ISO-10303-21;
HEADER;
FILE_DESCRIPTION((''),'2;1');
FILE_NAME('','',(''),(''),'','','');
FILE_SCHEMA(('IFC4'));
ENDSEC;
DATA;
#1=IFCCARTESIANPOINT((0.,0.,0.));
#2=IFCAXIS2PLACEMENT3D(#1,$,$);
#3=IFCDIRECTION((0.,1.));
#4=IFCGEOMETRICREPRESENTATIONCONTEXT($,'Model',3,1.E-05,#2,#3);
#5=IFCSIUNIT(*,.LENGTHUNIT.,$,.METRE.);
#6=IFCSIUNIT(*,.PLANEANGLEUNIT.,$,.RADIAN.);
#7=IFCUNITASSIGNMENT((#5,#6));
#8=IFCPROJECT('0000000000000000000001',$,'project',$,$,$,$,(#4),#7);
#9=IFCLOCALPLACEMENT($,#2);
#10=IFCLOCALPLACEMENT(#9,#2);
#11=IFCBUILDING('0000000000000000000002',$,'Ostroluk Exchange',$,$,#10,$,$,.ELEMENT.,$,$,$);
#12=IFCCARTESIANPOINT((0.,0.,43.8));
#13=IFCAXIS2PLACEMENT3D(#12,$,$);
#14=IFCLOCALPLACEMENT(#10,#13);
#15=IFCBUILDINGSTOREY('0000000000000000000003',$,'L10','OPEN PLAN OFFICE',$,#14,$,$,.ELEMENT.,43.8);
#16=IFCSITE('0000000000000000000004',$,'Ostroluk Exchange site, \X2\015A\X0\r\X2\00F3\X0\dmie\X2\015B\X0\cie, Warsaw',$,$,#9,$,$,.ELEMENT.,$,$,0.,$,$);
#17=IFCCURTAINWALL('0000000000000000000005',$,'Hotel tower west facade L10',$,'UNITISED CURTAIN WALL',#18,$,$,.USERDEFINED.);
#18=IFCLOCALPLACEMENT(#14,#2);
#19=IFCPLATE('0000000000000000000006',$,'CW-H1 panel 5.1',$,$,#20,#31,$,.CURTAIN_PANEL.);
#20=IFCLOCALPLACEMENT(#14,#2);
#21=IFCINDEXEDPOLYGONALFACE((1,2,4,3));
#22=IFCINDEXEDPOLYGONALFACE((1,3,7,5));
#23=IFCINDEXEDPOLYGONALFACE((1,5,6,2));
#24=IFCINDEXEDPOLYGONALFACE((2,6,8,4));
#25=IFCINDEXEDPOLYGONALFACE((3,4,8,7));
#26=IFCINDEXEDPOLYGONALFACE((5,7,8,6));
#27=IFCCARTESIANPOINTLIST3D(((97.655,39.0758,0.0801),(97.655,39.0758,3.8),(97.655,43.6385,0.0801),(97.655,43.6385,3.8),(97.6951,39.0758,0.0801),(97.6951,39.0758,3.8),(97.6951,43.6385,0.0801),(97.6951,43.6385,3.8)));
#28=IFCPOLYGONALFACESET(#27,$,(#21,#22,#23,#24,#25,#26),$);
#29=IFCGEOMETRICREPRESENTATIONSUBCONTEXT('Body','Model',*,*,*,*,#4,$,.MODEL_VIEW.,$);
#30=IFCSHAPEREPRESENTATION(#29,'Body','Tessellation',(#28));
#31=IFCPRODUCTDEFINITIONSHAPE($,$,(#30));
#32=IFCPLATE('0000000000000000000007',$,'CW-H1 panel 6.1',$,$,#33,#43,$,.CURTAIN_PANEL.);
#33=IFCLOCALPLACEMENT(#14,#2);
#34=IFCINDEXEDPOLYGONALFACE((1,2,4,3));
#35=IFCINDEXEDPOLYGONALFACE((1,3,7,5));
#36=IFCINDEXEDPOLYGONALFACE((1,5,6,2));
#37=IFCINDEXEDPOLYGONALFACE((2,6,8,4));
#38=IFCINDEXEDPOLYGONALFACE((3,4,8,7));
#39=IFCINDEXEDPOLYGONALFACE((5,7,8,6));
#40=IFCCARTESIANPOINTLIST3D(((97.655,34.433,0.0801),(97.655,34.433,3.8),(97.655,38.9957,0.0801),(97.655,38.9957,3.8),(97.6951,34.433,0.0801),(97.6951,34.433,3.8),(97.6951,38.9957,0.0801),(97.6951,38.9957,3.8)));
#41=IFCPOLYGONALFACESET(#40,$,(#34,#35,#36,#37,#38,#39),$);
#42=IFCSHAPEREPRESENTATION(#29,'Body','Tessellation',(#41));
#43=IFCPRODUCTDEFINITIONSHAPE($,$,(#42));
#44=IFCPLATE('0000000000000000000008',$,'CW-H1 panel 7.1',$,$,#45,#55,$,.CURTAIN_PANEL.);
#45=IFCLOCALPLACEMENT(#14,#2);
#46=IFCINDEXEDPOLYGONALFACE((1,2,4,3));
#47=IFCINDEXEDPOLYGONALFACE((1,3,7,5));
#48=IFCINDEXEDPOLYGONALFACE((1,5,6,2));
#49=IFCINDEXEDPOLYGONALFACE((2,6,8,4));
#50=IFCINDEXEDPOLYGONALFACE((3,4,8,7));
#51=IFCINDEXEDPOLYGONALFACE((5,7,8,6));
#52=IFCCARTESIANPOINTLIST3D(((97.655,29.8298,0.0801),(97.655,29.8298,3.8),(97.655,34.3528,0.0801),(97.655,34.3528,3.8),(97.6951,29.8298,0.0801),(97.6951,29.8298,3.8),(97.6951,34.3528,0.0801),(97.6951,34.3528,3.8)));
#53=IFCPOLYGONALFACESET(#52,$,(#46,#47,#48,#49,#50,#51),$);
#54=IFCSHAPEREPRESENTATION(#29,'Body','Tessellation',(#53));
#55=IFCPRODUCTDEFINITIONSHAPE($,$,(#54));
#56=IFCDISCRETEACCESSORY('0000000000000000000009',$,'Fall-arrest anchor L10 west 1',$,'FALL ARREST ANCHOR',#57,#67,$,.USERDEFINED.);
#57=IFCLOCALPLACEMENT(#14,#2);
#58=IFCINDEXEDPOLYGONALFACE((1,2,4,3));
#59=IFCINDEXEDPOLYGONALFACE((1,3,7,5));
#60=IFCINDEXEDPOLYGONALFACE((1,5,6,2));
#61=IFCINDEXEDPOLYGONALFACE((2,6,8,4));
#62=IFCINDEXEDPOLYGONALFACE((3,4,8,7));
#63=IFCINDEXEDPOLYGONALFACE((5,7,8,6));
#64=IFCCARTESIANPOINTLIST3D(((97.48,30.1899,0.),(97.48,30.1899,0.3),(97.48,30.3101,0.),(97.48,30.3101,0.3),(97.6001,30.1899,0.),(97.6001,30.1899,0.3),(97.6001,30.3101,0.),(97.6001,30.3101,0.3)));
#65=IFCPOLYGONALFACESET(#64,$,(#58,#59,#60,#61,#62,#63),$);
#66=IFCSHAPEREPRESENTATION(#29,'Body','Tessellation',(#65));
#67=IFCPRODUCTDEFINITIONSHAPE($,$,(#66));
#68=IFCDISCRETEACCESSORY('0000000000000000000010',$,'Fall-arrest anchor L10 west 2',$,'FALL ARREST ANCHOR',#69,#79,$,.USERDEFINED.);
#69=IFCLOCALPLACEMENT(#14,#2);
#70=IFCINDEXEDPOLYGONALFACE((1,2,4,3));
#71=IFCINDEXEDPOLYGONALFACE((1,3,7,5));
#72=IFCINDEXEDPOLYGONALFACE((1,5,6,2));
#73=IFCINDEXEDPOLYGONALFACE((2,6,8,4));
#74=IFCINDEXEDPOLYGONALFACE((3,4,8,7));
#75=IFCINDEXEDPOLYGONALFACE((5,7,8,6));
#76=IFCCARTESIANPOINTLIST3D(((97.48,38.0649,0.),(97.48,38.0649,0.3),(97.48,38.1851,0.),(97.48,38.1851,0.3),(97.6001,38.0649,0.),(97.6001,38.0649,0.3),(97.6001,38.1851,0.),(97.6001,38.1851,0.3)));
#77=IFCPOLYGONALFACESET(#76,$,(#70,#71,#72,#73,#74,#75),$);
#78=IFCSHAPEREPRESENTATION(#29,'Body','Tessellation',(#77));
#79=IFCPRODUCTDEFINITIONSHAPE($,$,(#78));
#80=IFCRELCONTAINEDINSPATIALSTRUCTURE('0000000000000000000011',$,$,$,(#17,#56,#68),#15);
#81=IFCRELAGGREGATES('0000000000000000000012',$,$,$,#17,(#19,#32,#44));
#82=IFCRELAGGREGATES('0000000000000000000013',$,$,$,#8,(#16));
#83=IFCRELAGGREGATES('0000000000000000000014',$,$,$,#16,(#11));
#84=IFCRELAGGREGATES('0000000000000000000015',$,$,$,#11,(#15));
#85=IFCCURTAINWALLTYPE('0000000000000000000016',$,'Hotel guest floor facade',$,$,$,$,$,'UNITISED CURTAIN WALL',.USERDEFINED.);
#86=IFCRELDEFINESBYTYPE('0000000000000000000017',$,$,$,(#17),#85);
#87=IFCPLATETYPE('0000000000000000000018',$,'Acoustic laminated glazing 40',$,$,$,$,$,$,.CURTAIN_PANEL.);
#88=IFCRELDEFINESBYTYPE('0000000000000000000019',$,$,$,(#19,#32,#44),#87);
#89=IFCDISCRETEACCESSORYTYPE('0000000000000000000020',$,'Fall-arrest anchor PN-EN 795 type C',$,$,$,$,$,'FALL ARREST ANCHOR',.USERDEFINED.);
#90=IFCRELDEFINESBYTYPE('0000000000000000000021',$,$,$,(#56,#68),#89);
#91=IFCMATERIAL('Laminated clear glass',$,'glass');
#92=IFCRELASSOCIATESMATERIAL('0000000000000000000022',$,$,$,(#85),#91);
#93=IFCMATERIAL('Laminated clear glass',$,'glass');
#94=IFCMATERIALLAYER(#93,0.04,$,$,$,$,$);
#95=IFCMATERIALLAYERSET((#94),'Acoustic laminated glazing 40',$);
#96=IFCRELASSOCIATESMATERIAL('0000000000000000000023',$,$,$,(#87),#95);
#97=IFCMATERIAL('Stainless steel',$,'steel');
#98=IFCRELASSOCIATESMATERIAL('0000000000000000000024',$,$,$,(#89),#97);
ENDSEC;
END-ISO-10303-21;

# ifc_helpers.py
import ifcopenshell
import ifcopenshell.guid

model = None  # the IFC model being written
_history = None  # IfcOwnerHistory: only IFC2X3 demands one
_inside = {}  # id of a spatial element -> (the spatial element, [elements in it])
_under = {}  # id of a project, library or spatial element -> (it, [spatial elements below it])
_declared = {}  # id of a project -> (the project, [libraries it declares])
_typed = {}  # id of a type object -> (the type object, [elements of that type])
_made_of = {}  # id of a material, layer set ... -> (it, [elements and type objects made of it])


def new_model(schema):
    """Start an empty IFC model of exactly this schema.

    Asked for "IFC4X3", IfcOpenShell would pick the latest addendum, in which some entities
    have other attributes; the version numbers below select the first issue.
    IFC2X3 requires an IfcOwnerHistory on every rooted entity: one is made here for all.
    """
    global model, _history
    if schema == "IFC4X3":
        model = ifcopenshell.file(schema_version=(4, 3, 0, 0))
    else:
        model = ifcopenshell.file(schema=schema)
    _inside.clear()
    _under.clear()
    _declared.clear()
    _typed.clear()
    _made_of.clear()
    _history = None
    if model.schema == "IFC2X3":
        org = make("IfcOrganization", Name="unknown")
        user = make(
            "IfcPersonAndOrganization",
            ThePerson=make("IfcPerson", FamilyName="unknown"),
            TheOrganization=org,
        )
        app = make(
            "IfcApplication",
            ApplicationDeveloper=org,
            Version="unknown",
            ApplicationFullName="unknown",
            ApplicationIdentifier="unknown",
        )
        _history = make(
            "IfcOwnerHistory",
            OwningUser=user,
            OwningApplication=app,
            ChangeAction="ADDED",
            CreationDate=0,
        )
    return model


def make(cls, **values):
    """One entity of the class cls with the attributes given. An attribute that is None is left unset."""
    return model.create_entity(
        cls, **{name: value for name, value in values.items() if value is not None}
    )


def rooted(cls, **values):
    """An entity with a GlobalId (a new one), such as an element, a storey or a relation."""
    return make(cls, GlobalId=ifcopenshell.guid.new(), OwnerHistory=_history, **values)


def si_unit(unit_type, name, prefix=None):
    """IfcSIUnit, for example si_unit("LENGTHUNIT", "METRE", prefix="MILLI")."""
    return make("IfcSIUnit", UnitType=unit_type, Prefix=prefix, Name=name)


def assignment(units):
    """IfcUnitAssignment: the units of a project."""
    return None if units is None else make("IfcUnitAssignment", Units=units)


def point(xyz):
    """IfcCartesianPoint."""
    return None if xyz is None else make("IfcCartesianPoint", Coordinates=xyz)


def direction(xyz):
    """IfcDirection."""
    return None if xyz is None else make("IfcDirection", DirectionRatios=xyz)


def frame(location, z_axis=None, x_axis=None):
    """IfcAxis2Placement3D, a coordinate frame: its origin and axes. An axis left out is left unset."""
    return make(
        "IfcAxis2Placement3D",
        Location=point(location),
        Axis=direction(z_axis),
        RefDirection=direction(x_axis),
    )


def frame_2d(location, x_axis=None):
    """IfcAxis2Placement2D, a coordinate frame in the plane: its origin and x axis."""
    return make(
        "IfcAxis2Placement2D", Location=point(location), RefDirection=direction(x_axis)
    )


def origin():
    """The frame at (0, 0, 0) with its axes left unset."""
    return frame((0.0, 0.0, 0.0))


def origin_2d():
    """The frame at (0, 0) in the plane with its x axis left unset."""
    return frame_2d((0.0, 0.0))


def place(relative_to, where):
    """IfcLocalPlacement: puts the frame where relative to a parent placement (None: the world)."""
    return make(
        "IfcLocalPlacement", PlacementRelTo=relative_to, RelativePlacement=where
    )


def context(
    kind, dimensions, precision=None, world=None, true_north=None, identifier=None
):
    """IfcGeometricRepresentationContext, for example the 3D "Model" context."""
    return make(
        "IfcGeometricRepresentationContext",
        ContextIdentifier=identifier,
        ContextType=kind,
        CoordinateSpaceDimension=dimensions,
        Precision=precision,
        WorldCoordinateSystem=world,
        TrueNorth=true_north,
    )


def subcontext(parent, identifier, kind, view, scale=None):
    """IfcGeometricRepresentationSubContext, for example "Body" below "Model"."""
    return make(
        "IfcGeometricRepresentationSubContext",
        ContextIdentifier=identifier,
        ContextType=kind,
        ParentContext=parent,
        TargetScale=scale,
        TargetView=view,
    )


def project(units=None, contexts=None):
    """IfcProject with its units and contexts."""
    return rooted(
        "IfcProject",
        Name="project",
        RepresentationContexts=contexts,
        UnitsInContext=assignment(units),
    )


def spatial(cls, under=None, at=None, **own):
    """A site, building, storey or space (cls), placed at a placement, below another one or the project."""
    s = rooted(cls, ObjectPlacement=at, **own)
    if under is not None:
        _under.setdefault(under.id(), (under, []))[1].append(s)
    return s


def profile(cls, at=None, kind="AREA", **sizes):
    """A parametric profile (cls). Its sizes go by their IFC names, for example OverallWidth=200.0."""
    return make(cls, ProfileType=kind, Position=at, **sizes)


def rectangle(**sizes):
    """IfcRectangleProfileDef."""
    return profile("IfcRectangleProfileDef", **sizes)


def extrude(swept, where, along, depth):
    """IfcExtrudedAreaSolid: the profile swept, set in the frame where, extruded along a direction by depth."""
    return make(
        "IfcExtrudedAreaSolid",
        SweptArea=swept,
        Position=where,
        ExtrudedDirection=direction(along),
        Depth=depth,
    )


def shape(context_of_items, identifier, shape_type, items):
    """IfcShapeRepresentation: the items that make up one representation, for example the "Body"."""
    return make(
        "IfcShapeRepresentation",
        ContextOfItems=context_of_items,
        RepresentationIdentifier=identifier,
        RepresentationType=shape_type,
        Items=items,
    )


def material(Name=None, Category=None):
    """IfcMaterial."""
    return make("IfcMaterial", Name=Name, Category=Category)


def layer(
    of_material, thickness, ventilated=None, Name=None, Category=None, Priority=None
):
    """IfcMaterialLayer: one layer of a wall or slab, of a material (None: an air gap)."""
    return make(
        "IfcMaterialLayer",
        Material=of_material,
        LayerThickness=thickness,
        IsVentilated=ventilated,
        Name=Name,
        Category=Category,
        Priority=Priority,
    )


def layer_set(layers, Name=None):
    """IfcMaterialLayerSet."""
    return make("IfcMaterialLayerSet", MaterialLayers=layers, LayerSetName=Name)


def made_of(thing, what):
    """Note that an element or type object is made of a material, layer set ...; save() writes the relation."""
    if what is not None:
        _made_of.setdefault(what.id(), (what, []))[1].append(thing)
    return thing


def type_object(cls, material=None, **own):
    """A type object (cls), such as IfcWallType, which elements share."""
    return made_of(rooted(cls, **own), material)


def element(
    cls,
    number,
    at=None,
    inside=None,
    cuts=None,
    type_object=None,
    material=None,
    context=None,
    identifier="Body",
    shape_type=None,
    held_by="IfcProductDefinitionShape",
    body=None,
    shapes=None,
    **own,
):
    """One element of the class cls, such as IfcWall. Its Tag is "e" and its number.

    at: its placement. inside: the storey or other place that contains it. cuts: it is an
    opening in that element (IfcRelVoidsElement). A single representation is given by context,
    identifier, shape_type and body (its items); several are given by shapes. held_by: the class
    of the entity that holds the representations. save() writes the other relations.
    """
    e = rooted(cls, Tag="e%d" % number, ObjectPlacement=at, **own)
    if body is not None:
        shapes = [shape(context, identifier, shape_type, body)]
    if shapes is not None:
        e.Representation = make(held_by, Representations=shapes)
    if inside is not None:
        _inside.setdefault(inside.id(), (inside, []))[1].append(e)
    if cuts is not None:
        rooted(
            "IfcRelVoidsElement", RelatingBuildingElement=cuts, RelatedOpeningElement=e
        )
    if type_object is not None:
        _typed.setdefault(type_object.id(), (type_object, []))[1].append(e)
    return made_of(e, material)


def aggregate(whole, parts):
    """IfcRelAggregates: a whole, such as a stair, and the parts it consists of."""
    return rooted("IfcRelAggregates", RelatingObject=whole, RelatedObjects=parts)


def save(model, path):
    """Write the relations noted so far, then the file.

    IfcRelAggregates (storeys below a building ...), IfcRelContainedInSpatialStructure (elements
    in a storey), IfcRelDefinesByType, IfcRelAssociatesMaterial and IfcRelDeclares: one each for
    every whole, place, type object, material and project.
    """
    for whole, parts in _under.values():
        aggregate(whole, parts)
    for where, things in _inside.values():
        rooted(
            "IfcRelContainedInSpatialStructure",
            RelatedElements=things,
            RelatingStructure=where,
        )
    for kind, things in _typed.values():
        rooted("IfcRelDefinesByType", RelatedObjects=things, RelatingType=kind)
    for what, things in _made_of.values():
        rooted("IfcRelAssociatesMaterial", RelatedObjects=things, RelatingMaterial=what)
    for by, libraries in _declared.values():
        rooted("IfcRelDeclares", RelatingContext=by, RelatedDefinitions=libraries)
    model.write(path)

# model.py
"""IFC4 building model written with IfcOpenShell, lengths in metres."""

from ifc_helpers import new_model, si_unit, direction, frame, origin, origin_2d, place, context, subcontext, project, spatial, rectangle, extrude, material, layer, layer_set, type_object, element, aggregate, save


model = new_model("IFC4")

# Units and contexts
model_context = context("Model", 3, precision=1e-05, world=origin(), true_north=direction((0.0, 1.0)))
body_context = subcontext(model_context, "Body", "Model", "MODEL_VIEW")
ifc_project = project(units=[si_unit("LENGTHUNIT", "METRE"), si_unit("PLANEANGLEUNIT", "RADIAN")], contexts=[model_context])

# Site, building, storey
site_placement = place(None, origin())
site = spatial("IfcSite", under=ifc_project, at=site_placement, Name="Ostroluk Exchange site, Śródmieście, Warsaw", CompositionType="ELEMENT", RefElevation=0.0)
building_placement = place(site_placement, origin())
building = spatial("IfcBuilding", under=site, at=building_placement, Name="Ostroluk Exchange", CompositionType="ELEMENT")
storey_placement = place(building_placement, frame((0.0, 0.0, 43.8)))
storey = spatial("IfcBuildingStorey", under=building, at=storey_placement, Name="L10", Description="OPEN PLAN OFFICE", CompositionType="ELEMENT", Elevation=43.8)

# Curtain wall
ifc_material_1 = material(Name="Laminated clear glass", Category="glass")
curtain_wall_type_1 = type_object("IfcCurtainWallType", Name="Hotel guest floor facade", ElementType="UNITISED CURTAIN WALL", PredefinedType="USERDEFINED", material=ifc_material_1)
curtain_wall_1_placement = place(storey_placement, origin())
curtain_wall_1 = element("IfcCurtainWall", 1, at=curtain_wall_1_placement, inside=storey, type_object=curtain_wall_type_1, Name="Hotel tower west facade L10", ObjectType="UNITISED CURTAIN WALL", PredefinedType="USERDEFINED")

# Plates
ifc_material_2 = material(Name="Laminated clear glass", Category="glass")
ifc_layer = layer(ifc_material_2, 0.04)
ifc_layer_set = layer_set([ifc_layer], Name="Acoustic laminated glazing 40")
plate_type = type_object("IfcPlateType", Name="Acoustic laminated glazing 40", PredefinedType="CURTAIN_PANEL", material=ifc_layer_set)
plate_1_placement = place(storey_placement, frame((97.675, 41.3572, 0.0801), z_axis=(0.0, 0.0, 1.0), x_axis=(0.0, -1.0, 0.0)))
plate_1 = element("IfcPlate", 2, at=plate_1_placement, type_object=plate_type, Name="CW-H1 panel 5.1", PredefinedType="CURTAIN_PANEL", context=body_context, shape_type="SweptSolid", body=[
    extrude(rectangle(XDim=4.5627, YDim=0.04, at=origin_2d()), origin(), (0.0, 0.0, 1.0), 3.72),
])
plate_2_placement = place(storey_placement, frame((97.675, 36.7144, 0.0801), z_axis=(0.0, 0.0, 1.0), x_axis=(0.0, -1.0, 0.0)))
plate_2 = element("IfcPlate", 3, at=plate_2_placement, type_object=plate_type, Name="CW-H1 panel 6.1", PredefinedType="CURTAIN_PANEL", context=body_context, shape_type="SweptSolid", body=[
    extrude(rectangle(XDim=4.5627, YDim=0.04, at=origin_2d()), origin(), (0.0, 0.0, 1.0), 3.72),
])
plate_3_placement = place(storey_placement, frame((97.675, 32.0913, 0.0801), z_axis=(0.0, 0.0, 1.0), x_axis=(0.0, -1.0, 0.0)))
plate_3 = element("IfcPlate", 4, at=plate_3_placement, type_object=plate_type, Name="CW-H1 panel 7.1", PredefinedType="CURTAIN_PANEL", context=body_context, shape_type="SweptSolid", body=[
    extrude(rectangle(XDim=4.5229, YDim=0.04, at=origin_2d()), origin(), (0.0, 0.0, 1.0), 3.72),
])
aggregate(curtain_wall_1, [plate_1, plate_2, plate_3])

# Discrete accessories
ifc_material_3 = material(Name="Stainless steel", Category="steel")
discrete_accessory_type = type_object("IfcDiscreteAccessoryType", Name="Fall-arrest anchor PN-EN 795 type C", ElementType="FALL ARREST ANCHOR", PredefinedType="USERDEFINED", material=ifc_material_3)
for number, where, z_axis, x_axis, name in (
    (5, (97.54, 30.25, 0.0), (0.0, 0.0, 1.0), (1.0, 0.0, 0.0), "Fall-arrest anchor L10 west 1"),
    (6, (97.54, 38.125, 0.0), (0.0, 0.0, 1.0), (1.0, 0.0, 0.0), "Fall-arrest anchor L10 west 2"),
):
    element("IfcDiscreteAccessory", number, at=place(storey_placement, frame(where, z_axis=z_axis, x_axis=x_axis)), inside=storey, type_object=discrete_accessory_type, Name=name, ObjectType="FALL ARREST ANCHOR", PredefinedType="USERDEFINED", context=body_context, shape_type="SweptSolid", body=[
        extrude(rectangle(XDim=0.1201, YDim=0.1201, at=origin_2d()), origin(), (0.0, 0.0, 1.0), 0.3),
    ])

save(model, "model.ifc")
